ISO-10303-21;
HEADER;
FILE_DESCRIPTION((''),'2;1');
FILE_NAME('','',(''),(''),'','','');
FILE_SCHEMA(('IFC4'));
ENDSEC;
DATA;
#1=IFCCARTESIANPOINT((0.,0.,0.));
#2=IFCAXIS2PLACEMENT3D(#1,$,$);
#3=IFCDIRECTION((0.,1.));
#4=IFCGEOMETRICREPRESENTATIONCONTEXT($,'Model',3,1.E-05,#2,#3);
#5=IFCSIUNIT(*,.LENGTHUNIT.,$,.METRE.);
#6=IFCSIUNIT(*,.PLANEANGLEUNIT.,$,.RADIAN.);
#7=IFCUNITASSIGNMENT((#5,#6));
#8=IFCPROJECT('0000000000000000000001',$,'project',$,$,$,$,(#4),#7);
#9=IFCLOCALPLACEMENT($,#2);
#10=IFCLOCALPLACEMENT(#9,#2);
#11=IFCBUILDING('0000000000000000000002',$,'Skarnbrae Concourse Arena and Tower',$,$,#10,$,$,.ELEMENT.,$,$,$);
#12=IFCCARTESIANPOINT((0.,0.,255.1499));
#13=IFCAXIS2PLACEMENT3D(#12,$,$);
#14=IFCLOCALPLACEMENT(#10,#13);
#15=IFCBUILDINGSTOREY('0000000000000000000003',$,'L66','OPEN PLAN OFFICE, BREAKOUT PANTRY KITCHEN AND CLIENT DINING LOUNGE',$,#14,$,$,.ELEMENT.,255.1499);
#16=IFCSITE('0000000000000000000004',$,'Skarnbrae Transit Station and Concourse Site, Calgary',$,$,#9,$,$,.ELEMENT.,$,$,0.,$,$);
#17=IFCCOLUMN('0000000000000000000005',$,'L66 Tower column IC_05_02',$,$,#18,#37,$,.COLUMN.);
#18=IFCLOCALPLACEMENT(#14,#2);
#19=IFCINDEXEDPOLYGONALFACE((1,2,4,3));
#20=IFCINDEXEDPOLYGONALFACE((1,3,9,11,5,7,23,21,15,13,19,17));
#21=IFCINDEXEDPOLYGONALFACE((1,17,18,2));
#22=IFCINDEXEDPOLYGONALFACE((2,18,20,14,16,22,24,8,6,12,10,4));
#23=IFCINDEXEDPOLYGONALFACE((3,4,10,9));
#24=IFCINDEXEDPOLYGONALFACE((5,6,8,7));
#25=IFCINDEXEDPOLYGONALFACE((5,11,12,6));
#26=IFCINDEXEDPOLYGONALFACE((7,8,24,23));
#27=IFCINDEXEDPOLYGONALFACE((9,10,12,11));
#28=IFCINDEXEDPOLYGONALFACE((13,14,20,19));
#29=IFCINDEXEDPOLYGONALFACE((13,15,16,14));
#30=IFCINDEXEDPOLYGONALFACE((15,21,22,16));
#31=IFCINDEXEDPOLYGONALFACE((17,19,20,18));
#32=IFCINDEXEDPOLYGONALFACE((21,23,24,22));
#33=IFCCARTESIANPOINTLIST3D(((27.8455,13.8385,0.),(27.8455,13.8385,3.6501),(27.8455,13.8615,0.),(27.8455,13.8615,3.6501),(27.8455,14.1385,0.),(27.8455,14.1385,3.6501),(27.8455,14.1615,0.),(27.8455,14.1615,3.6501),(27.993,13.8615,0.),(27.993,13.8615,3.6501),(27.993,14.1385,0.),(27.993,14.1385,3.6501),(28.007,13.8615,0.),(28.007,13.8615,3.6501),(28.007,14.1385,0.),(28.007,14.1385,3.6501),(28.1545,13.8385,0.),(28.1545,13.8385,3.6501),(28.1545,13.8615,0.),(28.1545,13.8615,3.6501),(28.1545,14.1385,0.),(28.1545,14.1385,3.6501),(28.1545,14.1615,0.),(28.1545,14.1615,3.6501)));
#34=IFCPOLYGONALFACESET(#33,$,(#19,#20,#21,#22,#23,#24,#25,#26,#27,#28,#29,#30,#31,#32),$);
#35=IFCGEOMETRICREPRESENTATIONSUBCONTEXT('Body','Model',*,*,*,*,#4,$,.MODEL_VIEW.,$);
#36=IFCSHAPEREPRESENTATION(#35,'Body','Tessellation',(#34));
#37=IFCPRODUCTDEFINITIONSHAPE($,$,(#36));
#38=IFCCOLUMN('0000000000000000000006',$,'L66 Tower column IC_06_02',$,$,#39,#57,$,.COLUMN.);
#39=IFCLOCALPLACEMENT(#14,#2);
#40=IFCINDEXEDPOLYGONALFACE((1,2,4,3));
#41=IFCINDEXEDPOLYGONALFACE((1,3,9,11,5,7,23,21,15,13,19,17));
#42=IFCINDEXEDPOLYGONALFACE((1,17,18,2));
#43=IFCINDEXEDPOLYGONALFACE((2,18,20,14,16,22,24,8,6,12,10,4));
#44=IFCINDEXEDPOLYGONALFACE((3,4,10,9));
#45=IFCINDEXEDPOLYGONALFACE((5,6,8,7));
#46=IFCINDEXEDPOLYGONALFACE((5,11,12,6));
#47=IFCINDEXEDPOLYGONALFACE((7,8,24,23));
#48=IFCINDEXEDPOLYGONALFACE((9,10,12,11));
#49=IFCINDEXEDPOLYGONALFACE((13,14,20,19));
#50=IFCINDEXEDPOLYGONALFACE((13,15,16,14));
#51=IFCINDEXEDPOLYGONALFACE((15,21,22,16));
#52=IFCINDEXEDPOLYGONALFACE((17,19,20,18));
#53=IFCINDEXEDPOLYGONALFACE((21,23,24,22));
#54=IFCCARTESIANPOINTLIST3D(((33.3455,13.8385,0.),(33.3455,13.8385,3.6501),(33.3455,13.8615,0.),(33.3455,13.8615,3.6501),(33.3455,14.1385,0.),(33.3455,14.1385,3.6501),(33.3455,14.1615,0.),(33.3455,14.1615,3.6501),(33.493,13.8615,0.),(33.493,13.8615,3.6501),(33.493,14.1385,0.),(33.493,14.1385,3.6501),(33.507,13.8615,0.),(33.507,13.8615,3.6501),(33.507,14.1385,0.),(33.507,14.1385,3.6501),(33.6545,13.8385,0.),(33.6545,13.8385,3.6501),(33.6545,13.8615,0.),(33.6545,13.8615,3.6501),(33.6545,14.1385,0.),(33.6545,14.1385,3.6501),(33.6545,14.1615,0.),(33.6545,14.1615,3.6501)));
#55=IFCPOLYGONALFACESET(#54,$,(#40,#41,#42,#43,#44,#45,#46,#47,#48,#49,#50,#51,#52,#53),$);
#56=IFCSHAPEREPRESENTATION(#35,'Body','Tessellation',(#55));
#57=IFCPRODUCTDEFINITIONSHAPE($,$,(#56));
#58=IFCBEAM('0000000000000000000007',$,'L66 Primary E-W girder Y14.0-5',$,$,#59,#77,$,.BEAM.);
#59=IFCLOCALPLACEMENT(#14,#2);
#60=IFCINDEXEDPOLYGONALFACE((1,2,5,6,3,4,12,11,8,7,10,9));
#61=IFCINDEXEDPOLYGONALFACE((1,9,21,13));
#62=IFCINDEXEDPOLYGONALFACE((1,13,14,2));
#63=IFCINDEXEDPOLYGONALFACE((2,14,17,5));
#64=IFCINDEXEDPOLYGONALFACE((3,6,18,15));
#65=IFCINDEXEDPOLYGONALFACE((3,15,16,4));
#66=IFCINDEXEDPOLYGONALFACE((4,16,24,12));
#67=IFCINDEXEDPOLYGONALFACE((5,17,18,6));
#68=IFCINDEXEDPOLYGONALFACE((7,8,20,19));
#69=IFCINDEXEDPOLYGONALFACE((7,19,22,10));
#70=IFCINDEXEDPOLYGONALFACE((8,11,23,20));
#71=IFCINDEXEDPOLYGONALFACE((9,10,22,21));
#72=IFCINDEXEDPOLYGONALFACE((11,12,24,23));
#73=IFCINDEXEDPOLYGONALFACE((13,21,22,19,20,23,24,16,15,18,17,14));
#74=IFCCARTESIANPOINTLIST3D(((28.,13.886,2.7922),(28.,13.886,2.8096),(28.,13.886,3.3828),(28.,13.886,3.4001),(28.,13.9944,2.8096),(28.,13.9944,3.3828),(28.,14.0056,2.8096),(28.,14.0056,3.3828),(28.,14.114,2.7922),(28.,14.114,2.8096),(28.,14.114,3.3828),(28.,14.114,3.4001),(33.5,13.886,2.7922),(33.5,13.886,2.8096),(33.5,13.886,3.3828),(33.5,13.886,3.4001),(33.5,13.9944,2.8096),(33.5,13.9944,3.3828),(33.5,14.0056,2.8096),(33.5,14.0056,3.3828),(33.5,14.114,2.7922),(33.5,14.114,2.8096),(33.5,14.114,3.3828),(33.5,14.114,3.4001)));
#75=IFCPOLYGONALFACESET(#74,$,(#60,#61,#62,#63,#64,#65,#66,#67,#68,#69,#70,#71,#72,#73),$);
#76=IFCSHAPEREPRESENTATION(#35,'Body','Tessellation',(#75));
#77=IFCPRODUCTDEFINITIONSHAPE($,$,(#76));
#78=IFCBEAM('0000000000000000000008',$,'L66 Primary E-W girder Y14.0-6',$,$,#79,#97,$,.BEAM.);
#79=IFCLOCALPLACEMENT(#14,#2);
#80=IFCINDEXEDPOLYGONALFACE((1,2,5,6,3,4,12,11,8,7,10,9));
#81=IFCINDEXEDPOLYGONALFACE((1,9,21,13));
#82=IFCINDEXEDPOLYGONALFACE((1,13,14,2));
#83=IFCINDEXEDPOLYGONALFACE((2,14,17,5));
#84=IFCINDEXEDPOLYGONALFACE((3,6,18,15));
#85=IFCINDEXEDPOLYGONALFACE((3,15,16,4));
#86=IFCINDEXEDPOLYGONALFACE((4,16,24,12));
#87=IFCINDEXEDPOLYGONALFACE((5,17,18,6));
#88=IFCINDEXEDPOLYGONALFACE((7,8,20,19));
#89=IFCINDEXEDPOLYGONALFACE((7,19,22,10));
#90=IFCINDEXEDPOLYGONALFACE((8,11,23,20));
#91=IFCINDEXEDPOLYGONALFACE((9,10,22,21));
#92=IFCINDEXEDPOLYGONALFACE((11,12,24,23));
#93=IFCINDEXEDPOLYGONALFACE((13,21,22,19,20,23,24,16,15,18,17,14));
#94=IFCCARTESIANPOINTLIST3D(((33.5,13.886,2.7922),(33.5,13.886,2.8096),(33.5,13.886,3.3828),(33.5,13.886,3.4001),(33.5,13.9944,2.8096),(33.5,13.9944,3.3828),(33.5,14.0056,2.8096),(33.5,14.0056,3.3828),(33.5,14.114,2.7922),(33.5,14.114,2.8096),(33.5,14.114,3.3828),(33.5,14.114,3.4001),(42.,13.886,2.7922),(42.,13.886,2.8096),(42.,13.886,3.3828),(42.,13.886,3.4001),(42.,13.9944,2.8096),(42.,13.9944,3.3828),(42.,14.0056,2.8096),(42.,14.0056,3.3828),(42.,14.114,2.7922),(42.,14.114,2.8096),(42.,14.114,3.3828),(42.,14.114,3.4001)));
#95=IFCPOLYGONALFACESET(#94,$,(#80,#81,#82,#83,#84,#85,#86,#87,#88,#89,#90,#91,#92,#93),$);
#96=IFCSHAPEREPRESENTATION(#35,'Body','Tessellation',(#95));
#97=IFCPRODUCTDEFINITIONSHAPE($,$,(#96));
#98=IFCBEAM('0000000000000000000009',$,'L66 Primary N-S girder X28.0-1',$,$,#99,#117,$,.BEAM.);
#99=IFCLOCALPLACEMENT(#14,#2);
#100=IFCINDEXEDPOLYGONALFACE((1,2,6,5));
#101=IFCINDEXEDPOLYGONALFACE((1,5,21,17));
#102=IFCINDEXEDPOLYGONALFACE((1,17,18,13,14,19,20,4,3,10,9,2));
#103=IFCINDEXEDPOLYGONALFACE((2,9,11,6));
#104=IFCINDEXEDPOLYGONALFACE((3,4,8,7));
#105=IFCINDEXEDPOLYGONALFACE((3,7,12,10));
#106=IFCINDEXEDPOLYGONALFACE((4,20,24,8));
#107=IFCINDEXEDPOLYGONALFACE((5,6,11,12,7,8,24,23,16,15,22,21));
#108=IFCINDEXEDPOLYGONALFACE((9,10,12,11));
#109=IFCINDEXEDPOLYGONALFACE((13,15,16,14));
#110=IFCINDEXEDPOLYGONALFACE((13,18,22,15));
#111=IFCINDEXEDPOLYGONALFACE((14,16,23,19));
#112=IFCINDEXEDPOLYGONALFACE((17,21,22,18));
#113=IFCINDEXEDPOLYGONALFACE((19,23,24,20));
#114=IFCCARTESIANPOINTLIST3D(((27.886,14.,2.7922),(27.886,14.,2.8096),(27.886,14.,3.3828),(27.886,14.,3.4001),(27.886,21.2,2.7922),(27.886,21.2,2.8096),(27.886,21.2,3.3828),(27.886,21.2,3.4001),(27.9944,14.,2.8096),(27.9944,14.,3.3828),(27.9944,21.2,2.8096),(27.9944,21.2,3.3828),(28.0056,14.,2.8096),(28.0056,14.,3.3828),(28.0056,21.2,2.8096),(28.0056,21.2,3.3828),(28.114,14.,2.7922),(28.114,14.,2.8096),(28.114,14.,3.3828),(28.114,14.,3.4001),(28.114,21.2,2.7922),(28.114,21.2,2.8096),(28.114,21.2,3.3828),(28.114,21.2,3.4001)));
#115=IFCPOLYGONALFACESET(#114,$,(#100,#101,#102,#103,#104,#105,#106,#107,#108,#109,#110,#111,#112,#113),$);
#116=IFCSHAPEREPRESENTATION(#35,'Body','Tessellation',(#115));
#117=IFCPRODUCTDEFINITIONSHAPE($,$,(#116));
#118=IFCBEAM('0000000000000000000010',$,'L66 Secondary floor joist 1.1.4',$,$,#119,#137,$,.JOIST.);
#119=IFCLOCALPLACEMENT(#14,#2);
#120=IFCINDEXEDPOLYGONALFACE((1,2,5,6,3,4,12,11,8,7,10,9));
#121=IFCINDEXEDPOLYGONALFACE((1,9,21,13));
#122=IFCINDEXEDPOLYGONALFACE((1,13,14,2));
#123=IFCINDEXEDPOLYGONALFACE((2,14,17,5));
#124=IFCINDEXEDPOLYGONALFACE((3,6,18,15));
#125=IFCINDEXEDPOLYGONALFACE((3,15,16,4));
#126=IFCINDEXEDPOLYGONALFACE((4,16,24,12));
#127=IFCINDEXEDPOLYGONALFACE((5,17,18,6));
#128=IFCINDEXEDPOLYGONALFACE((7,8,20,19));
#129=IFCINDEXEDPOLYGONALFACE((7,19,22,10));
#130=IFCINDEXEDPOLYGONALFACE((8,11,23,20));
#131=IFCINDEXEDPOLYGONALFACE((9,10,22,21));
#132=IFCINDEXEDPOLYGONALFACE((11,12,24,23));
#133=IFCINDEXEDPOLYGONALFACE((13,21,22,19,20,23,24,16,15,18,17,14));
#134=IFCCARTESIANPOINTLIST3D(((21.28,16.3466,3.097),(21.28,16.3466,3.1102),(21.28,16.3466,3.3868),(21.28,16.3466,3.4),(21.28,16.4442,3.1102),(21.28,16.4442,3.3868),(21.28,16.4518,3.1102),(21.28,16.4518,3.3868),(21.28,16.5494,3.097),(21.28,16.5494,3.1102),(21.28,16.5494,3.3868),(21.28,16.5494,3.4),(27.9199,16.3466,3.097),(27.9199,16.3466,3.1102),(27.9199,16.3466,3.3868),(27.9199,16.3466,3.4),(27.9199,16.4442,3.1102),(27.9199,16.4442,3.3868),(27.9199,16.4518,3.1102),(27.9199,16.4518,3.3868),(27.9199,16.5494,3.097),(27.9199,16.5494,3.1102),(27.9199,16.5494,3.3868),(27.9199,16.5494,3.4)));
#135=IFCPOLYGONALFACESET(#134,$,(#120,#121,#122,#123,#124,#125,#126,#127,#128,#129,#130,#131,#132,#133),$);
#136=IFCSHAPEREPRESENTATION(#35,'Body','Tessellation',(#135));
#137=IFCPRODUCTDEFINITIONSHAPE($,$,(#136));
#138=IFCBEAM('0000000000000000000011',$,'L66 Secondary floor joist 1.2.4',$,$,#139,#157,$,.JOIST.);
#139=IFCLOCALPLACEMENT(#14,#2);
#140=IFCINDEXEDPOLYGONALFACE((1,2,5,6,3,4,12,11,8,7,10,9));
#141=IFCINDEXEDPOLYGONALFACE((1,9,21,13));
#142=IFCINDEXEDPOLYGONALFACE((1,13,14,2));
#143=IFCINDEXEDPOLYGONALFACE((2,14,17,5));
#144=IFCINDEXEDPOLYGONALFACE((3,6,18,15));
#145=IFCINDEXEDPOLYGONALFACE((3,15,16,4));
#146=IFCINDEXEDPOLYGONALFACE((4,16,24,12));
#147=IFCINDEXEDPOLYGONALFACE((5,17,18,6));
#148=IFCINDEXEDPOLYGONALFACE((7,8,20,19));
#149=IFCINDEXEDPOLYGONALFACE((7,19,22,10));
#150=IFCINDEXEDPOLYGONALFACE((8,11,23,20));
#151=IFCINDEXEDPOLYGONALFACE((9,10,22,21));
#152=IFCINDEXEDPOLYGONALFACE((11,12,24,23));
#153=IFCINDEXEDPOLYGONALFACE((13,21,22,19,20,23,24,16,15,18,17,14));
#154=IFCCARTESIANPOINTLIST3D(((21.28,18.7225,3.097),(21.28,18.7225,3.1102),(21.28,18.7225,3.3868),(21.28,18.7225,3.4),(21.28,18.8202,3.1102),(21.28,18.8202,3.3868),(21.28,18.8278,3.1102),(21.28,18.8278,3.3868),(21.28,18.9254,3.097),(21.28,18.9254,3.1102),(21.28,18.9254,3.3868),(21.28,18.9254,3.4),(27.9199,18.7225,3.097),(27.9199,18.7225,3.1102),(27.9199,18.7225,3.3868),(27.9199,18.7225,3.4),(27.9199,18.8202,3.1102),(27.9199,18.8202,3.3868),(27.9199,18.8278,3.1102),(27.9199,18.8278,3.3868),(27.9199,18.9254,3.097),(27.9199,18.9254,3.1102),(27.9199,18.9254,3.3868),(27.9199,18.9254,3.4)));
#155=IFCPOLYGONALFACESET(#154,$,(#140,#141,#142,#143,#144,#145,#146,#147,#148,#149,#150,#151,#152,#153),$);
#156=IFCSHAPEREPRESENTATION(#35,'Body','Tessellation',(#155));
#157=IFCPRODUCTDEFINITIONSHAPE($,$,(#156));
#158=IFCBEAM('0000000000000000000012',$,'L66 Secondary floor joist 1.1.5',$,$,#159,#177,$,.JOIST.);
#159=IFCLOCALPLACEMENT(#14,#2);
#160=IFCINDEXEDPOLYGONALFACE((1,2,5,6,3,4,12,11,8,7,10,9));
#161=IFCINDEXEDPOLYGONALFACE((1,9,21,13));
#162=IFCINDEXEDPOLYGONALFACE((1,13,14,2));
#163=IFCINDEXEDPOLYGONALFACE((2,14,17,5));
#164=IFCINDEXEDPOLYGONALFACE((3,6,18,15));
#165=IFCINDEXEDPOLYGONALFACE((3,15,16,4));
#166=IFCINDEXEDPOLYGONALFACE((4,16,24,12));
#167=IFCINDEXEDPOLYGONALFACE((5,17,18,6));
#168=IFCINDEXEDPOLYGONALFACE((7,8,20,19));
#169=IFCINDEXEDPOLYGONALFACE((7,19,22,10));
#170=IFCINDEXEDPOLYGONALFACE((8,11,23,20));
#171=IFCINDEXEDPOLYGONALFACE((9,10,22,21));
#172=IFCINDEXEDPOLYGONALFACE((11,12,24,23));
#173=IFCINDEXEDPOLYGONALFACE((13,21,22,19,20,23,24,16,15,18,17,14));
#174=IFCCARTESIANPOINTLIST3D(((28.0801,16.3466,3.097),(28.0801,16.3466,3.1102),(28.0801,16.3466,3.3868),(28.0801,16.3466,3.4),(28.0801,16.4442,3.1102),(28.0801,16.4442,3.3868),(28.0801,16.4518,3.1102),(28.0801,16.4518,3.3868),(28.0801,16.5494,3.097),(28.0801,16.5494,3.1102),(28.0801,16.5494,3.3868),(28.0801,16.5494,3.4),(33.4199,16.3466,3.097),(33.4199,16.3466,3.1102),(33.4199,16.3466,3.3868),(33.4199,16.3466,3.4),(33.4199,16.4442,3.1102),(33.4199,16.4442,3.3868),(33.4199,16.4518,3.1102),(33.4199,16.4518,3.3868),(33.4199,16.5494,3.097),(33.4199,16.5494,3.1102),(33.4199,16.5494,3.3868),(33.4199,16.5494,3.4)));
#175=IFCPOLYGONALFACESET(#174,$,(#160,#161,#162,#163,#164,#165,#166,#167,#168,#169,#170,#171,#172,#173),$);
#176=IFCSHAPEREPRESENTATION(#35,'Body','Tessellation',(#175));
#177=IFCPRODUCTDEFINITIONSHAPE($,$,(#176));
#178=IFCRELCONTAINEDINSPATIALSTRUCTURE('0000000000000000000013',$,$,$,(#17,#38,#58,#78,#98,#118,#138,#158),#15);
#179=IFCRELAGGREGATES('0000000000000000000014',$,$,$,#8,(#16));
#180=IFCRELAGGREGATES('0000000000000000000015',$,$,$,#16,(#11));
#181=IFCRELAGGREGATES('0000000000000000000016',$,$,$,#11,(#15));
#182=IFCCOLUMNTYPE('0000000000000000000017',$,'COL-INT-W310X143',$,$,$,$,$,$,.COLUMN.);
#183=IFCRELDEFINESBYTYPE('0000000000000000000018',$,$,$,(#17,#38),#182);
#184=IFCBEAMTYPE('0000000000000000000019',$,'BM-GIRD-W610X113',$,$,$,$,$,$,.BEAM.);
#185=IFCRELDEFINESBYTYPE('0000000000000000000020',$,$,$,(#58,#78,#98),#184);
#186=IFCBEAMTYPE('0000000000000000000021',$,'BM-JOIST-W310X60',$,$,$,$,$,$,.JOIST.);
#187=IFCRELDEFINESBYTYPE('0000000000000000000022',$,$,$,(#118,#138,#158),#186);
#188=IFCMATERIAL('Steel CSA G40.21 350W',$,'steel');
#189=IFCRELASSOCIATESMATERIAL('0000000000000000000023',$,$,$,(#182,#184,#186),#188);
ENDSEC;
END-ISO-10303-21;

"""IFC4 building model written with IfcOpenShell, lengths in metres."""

from ifc_helpers import new_model, si_unit, direction, frame, origin, origin_2d, place, context, subcontext, project, spatial, i_section, extrude, source, transform, mapped, material, material_profile, profile_set, type_object, element, save


model = new_model("IFC4")

# Units and contexts
model_context = context("Model", 3, precision=1e-05, world=origin(), true_north=direction((0.0, 1.0)))
body_context = subcontext(model_context, "Body", "Model", "MODEL_VIEW")
ifc_project = project(units=[si_unit("LENGTHUNIT", "METRE"), si_unit("PLANEANGLEUNIT", "RADIAN")], contexts=[model_context])

# Site, building, storey
site_placement = place(None, origin())
site = spatial("IfcSite", under=ifc_project, at=site_placement, Name="Skarnbrae Transit Station and Concourse Site, Calgary", CompositionType="ELEMENT", RefElevation=0.0)
building_placement = place(site_placement, origin())
building = spatial("IfcBuilding", under=site, at=building_placement, Name="Skarnbrae Concourse Arena and Tower", CompositionType="ELEMENT")
storey_placement = place(building_placement, frame((0.0, 0.0, 255.1499)))
storey = spatial("IfcBuildingStorey", under=building, at=storey_placement, Name="L66", Description="OPEN PLAN OFFICE, BREAKOUT PANTRY KITCHEN AND CLIENT DINING LOUNGE", CompositionType="ELEMENT", Elevation=255.1499)

# Columns
ifc_material_1 = material(Name="Steel CSA G40.21 350W", Category="steel")
ifc_material_profile_1 = material_profile(ifc_material_1, i_section(OverallWidth=0.3091, OverallDepth=0.323, WebThickness=0.0139, FlangeThickness=0.0229, at=origin_2d()), Name="W310X143")
ifc_profile_set_1 = profile_set([ifc_material_profile_1], Name="Steel CSA G40.21 350W")
column_type = type_object("IfcColumnType", Name="COL-INT-W310X143", PredefinedType="COLUMN", material=ifc_profile_set_1)
shared_shape_1 = source(origin(), body_context, "Body", "SweptSolid", [
    extrude(i_section(OverallWidth=0.3091, OverallDepth=0.323, WebThickness=0.0139, FlangeThickness=0.0229, at=origin_2d()), origin(), (0.0, 0.0, 1.0), 3.6501),
])
for number, where, z_axis, x_axis, name in (
    (1, (28.0, 14.0, 0.0), (0.0, 0.0, 1.0), (1.0, 0.0, 0.0), "L66 Tower column IC_05_02"),
    (2, (33.5, 14.0, 0.0), (0.0, 0.0, 1.0), (1.0, 0.0, 0.0), "L66 Tower column IC_06_02"),
):
    element("IfcColumn", number, at=place(storey_placement, frame(where, z_axis=z_axis, x_axis=x_axis)), inside=storey, type_object=column_type, Name=name, PredefinedType="COLUMN", context=body_context, shape_type="MappedRepresentation", body=[
        mapped(shared_shape_1, transform((0.0, 0.0, 0.0))),
    ])

# Beams
ifc_material_profile_2 = material_profile(ifc_material_1, i_section(OverallWidth=0.228, OverallDepth=0.6079, WebThickness=0.0112, FlangeThickness=0.0173, at=origin_2d()), Name="W610X113")
ifc_profile_set_2 = profile_set([ifc_material_profile_2], Name="Steel CSA G40.21 350W")
beam_type_1 = type_object("IfcBeamType", Name="BM-GIRD-W610X113", PredefinedType="BEAM", material=ifc_profile_set_2)
shared_shape_2 = source(origin(), body_context, "Body", "SweptSolid", [
    extrude(i_section(OverallWidth=0.228, OverallDepth=0.6079, WebThickness=0.0112, FlangeThickness=0.0173, at=origin_2d()), origin(), (0.0, 0.0, 1.0), 5.5),
])
beam_1_placement = place(storey_placement, frame((28.0, 14.0, 3.0962), z_axis=(1.0, 0.0, 0.0), x_axis=(0.0, 1.0, 0.0)))
element("IfcBeam", 3, at=beam_1_placement, inside=storey, type_object=beam_type_1, Name="L66 Primary E-W girder Y14.0-5", PredefinedType="BEAM", context=body_context, shape_type="MappedRepresentation", body=[
    mapped(shared_shape_2, transform((0.0, 0.0, 0.0))),
])
shared_shape_3 = source(origin(), body_context, "Body", "SweptSolid", [
    extrude(i_section(OverallWidth=0.228, OverallDepth=0.6079, WebThickness=0.0112, FlangeThickness=0.0173, at=origin_2d()), origin(), (0.0, 0.0, 1.0), 8.5),
])
beam_2_placement = place(storey_placement, frame((33.5, 14.0, 3.0962), z_axis=(1.0, 0.0, 0.0), x_axis=(0.0, 1.0, 0.0)))
element("IfcBeam", 4, at=beam_2_placement, inside=storey, type_object=beam_type_1, Name="L66 Primary E-W girder Y14.0-6", PredefinedType="BEAM", context=body_context, shape_type="MappedRepresentation", body=[
    mapped(shared_shape_3, transform((0.0, 0.0, 0.0))),
])
shared_shape_4 = source(origin(), body_context, "Body", "SweptSolid", [
    extrude(i_section(OverallWidth=0.228, OverallDepth=0.6079, WebThickness=0.0112, FlangeThickness=0.0173, at=origin_2d()), origin(), (0.0, 0.0, 1.0), 7.2),
])
beam_3_placement = place(storey_placement, frame((28.0, 14.0, 3.0962), z_axis=(0.0, 1.0, 0.0), x_axis=(-1.0, 0.0, 0.0)))
element("IfcBeam", 5, at=beam_3_placement, inside=storey, type_object=beam_type_1, Name="L66 Primary N-S girder X28.0-1", PredefinedType="BEAM", context=body_context, shape_type="MappedRepresentation", body=[
    mapped(shared_shape_4, transform((0.0, 0.0, 0.0))),
])
ifc_material_profile_3 = material_profile(ifc_material_1, i_section(OverallWidth=0.2029, OverallDepth=0.303, WebThickness=0.0076, FlangeThickness=0.0132, at=origin_2d()), Name="W310X60")
ifc_profile_set_3 = profile_set([ifc_material_profile_3], Name="Steel CSA G40.21 350W")
beam_type_2 = type_object("IfcBeamType", Name="BM-JOIST-W310X60", PredefinedType="JOIST", material=ifc_profile_set_3)
shared_shape_5 = source(origin(), body_context, "Body", "SweptSolid", [
    extrude(i_section(OverallWidth=0.2029, OverallDepth=0.303, WebThickness=0.0076, FlangeThickness=0.0132, at=origin_2d()), origin(), (0.0, 0.0, 1.0), 6.6399),
])
for number, where, z_axis, x_axis, name in (
    (6, (21.28, 16.448, 3.2485), (1.0, 0.0, 0.0), (0.0, 1.0, 0.0), "L66 Secondary floor joist 1.1.4"),
    (7, (21.28, 18.824, 3.2485), (1.0, 0.0, 0.0), (0.0, 1.0, 0.0), "L66 Secondary floor joist 1.2.4"),
):
    element("IfcBeam", number, at=place(storey_placement, frame(where, z_axis=z_axis, x_axis=x_axis)), inside=storey, type_object=beam_type_2, Name=name, PredefinedType="JOIST", context=body_context, shape_type="MappedRepresentation", body=[
        mapped(shared_shape_5, transform((0.0, 0.0, 0.0))),
    ])
shared_shape_6 = source(origin(), body_context, "Body", "SweptSolid", [
    extrude(i_section(OverallWidth=0.2029, OverallDepth=0.303, WebThickness=0.0076, FlangeThickness=0.0132, at=origin_2d()), origin(), (0.0, 0.0, 1.0), 5.3398),
])
for number, where, z_axis, x_axis, name in (
    (8, (28.0801, 16.448, 3.2485), (1.0, 0.0, 0.0), (0.0, 1.0, 0.0), "L66 Secondary floor joist 1.1.5"),
):
    element("IfcBeam", number, at=place(storey_placement, frame(where, z_axis=z_axis, x_axis=x_axis)), inside=storey, type_object=beam_type_2, Name=name, PredefinedType="JOIST", context=body_context, shape_type="MappedRepresentation", body=[
        mapped(shared_shape_6, transform((0.0, 0.0, 0.0))),
    ])

save(model, "model.ifc")
